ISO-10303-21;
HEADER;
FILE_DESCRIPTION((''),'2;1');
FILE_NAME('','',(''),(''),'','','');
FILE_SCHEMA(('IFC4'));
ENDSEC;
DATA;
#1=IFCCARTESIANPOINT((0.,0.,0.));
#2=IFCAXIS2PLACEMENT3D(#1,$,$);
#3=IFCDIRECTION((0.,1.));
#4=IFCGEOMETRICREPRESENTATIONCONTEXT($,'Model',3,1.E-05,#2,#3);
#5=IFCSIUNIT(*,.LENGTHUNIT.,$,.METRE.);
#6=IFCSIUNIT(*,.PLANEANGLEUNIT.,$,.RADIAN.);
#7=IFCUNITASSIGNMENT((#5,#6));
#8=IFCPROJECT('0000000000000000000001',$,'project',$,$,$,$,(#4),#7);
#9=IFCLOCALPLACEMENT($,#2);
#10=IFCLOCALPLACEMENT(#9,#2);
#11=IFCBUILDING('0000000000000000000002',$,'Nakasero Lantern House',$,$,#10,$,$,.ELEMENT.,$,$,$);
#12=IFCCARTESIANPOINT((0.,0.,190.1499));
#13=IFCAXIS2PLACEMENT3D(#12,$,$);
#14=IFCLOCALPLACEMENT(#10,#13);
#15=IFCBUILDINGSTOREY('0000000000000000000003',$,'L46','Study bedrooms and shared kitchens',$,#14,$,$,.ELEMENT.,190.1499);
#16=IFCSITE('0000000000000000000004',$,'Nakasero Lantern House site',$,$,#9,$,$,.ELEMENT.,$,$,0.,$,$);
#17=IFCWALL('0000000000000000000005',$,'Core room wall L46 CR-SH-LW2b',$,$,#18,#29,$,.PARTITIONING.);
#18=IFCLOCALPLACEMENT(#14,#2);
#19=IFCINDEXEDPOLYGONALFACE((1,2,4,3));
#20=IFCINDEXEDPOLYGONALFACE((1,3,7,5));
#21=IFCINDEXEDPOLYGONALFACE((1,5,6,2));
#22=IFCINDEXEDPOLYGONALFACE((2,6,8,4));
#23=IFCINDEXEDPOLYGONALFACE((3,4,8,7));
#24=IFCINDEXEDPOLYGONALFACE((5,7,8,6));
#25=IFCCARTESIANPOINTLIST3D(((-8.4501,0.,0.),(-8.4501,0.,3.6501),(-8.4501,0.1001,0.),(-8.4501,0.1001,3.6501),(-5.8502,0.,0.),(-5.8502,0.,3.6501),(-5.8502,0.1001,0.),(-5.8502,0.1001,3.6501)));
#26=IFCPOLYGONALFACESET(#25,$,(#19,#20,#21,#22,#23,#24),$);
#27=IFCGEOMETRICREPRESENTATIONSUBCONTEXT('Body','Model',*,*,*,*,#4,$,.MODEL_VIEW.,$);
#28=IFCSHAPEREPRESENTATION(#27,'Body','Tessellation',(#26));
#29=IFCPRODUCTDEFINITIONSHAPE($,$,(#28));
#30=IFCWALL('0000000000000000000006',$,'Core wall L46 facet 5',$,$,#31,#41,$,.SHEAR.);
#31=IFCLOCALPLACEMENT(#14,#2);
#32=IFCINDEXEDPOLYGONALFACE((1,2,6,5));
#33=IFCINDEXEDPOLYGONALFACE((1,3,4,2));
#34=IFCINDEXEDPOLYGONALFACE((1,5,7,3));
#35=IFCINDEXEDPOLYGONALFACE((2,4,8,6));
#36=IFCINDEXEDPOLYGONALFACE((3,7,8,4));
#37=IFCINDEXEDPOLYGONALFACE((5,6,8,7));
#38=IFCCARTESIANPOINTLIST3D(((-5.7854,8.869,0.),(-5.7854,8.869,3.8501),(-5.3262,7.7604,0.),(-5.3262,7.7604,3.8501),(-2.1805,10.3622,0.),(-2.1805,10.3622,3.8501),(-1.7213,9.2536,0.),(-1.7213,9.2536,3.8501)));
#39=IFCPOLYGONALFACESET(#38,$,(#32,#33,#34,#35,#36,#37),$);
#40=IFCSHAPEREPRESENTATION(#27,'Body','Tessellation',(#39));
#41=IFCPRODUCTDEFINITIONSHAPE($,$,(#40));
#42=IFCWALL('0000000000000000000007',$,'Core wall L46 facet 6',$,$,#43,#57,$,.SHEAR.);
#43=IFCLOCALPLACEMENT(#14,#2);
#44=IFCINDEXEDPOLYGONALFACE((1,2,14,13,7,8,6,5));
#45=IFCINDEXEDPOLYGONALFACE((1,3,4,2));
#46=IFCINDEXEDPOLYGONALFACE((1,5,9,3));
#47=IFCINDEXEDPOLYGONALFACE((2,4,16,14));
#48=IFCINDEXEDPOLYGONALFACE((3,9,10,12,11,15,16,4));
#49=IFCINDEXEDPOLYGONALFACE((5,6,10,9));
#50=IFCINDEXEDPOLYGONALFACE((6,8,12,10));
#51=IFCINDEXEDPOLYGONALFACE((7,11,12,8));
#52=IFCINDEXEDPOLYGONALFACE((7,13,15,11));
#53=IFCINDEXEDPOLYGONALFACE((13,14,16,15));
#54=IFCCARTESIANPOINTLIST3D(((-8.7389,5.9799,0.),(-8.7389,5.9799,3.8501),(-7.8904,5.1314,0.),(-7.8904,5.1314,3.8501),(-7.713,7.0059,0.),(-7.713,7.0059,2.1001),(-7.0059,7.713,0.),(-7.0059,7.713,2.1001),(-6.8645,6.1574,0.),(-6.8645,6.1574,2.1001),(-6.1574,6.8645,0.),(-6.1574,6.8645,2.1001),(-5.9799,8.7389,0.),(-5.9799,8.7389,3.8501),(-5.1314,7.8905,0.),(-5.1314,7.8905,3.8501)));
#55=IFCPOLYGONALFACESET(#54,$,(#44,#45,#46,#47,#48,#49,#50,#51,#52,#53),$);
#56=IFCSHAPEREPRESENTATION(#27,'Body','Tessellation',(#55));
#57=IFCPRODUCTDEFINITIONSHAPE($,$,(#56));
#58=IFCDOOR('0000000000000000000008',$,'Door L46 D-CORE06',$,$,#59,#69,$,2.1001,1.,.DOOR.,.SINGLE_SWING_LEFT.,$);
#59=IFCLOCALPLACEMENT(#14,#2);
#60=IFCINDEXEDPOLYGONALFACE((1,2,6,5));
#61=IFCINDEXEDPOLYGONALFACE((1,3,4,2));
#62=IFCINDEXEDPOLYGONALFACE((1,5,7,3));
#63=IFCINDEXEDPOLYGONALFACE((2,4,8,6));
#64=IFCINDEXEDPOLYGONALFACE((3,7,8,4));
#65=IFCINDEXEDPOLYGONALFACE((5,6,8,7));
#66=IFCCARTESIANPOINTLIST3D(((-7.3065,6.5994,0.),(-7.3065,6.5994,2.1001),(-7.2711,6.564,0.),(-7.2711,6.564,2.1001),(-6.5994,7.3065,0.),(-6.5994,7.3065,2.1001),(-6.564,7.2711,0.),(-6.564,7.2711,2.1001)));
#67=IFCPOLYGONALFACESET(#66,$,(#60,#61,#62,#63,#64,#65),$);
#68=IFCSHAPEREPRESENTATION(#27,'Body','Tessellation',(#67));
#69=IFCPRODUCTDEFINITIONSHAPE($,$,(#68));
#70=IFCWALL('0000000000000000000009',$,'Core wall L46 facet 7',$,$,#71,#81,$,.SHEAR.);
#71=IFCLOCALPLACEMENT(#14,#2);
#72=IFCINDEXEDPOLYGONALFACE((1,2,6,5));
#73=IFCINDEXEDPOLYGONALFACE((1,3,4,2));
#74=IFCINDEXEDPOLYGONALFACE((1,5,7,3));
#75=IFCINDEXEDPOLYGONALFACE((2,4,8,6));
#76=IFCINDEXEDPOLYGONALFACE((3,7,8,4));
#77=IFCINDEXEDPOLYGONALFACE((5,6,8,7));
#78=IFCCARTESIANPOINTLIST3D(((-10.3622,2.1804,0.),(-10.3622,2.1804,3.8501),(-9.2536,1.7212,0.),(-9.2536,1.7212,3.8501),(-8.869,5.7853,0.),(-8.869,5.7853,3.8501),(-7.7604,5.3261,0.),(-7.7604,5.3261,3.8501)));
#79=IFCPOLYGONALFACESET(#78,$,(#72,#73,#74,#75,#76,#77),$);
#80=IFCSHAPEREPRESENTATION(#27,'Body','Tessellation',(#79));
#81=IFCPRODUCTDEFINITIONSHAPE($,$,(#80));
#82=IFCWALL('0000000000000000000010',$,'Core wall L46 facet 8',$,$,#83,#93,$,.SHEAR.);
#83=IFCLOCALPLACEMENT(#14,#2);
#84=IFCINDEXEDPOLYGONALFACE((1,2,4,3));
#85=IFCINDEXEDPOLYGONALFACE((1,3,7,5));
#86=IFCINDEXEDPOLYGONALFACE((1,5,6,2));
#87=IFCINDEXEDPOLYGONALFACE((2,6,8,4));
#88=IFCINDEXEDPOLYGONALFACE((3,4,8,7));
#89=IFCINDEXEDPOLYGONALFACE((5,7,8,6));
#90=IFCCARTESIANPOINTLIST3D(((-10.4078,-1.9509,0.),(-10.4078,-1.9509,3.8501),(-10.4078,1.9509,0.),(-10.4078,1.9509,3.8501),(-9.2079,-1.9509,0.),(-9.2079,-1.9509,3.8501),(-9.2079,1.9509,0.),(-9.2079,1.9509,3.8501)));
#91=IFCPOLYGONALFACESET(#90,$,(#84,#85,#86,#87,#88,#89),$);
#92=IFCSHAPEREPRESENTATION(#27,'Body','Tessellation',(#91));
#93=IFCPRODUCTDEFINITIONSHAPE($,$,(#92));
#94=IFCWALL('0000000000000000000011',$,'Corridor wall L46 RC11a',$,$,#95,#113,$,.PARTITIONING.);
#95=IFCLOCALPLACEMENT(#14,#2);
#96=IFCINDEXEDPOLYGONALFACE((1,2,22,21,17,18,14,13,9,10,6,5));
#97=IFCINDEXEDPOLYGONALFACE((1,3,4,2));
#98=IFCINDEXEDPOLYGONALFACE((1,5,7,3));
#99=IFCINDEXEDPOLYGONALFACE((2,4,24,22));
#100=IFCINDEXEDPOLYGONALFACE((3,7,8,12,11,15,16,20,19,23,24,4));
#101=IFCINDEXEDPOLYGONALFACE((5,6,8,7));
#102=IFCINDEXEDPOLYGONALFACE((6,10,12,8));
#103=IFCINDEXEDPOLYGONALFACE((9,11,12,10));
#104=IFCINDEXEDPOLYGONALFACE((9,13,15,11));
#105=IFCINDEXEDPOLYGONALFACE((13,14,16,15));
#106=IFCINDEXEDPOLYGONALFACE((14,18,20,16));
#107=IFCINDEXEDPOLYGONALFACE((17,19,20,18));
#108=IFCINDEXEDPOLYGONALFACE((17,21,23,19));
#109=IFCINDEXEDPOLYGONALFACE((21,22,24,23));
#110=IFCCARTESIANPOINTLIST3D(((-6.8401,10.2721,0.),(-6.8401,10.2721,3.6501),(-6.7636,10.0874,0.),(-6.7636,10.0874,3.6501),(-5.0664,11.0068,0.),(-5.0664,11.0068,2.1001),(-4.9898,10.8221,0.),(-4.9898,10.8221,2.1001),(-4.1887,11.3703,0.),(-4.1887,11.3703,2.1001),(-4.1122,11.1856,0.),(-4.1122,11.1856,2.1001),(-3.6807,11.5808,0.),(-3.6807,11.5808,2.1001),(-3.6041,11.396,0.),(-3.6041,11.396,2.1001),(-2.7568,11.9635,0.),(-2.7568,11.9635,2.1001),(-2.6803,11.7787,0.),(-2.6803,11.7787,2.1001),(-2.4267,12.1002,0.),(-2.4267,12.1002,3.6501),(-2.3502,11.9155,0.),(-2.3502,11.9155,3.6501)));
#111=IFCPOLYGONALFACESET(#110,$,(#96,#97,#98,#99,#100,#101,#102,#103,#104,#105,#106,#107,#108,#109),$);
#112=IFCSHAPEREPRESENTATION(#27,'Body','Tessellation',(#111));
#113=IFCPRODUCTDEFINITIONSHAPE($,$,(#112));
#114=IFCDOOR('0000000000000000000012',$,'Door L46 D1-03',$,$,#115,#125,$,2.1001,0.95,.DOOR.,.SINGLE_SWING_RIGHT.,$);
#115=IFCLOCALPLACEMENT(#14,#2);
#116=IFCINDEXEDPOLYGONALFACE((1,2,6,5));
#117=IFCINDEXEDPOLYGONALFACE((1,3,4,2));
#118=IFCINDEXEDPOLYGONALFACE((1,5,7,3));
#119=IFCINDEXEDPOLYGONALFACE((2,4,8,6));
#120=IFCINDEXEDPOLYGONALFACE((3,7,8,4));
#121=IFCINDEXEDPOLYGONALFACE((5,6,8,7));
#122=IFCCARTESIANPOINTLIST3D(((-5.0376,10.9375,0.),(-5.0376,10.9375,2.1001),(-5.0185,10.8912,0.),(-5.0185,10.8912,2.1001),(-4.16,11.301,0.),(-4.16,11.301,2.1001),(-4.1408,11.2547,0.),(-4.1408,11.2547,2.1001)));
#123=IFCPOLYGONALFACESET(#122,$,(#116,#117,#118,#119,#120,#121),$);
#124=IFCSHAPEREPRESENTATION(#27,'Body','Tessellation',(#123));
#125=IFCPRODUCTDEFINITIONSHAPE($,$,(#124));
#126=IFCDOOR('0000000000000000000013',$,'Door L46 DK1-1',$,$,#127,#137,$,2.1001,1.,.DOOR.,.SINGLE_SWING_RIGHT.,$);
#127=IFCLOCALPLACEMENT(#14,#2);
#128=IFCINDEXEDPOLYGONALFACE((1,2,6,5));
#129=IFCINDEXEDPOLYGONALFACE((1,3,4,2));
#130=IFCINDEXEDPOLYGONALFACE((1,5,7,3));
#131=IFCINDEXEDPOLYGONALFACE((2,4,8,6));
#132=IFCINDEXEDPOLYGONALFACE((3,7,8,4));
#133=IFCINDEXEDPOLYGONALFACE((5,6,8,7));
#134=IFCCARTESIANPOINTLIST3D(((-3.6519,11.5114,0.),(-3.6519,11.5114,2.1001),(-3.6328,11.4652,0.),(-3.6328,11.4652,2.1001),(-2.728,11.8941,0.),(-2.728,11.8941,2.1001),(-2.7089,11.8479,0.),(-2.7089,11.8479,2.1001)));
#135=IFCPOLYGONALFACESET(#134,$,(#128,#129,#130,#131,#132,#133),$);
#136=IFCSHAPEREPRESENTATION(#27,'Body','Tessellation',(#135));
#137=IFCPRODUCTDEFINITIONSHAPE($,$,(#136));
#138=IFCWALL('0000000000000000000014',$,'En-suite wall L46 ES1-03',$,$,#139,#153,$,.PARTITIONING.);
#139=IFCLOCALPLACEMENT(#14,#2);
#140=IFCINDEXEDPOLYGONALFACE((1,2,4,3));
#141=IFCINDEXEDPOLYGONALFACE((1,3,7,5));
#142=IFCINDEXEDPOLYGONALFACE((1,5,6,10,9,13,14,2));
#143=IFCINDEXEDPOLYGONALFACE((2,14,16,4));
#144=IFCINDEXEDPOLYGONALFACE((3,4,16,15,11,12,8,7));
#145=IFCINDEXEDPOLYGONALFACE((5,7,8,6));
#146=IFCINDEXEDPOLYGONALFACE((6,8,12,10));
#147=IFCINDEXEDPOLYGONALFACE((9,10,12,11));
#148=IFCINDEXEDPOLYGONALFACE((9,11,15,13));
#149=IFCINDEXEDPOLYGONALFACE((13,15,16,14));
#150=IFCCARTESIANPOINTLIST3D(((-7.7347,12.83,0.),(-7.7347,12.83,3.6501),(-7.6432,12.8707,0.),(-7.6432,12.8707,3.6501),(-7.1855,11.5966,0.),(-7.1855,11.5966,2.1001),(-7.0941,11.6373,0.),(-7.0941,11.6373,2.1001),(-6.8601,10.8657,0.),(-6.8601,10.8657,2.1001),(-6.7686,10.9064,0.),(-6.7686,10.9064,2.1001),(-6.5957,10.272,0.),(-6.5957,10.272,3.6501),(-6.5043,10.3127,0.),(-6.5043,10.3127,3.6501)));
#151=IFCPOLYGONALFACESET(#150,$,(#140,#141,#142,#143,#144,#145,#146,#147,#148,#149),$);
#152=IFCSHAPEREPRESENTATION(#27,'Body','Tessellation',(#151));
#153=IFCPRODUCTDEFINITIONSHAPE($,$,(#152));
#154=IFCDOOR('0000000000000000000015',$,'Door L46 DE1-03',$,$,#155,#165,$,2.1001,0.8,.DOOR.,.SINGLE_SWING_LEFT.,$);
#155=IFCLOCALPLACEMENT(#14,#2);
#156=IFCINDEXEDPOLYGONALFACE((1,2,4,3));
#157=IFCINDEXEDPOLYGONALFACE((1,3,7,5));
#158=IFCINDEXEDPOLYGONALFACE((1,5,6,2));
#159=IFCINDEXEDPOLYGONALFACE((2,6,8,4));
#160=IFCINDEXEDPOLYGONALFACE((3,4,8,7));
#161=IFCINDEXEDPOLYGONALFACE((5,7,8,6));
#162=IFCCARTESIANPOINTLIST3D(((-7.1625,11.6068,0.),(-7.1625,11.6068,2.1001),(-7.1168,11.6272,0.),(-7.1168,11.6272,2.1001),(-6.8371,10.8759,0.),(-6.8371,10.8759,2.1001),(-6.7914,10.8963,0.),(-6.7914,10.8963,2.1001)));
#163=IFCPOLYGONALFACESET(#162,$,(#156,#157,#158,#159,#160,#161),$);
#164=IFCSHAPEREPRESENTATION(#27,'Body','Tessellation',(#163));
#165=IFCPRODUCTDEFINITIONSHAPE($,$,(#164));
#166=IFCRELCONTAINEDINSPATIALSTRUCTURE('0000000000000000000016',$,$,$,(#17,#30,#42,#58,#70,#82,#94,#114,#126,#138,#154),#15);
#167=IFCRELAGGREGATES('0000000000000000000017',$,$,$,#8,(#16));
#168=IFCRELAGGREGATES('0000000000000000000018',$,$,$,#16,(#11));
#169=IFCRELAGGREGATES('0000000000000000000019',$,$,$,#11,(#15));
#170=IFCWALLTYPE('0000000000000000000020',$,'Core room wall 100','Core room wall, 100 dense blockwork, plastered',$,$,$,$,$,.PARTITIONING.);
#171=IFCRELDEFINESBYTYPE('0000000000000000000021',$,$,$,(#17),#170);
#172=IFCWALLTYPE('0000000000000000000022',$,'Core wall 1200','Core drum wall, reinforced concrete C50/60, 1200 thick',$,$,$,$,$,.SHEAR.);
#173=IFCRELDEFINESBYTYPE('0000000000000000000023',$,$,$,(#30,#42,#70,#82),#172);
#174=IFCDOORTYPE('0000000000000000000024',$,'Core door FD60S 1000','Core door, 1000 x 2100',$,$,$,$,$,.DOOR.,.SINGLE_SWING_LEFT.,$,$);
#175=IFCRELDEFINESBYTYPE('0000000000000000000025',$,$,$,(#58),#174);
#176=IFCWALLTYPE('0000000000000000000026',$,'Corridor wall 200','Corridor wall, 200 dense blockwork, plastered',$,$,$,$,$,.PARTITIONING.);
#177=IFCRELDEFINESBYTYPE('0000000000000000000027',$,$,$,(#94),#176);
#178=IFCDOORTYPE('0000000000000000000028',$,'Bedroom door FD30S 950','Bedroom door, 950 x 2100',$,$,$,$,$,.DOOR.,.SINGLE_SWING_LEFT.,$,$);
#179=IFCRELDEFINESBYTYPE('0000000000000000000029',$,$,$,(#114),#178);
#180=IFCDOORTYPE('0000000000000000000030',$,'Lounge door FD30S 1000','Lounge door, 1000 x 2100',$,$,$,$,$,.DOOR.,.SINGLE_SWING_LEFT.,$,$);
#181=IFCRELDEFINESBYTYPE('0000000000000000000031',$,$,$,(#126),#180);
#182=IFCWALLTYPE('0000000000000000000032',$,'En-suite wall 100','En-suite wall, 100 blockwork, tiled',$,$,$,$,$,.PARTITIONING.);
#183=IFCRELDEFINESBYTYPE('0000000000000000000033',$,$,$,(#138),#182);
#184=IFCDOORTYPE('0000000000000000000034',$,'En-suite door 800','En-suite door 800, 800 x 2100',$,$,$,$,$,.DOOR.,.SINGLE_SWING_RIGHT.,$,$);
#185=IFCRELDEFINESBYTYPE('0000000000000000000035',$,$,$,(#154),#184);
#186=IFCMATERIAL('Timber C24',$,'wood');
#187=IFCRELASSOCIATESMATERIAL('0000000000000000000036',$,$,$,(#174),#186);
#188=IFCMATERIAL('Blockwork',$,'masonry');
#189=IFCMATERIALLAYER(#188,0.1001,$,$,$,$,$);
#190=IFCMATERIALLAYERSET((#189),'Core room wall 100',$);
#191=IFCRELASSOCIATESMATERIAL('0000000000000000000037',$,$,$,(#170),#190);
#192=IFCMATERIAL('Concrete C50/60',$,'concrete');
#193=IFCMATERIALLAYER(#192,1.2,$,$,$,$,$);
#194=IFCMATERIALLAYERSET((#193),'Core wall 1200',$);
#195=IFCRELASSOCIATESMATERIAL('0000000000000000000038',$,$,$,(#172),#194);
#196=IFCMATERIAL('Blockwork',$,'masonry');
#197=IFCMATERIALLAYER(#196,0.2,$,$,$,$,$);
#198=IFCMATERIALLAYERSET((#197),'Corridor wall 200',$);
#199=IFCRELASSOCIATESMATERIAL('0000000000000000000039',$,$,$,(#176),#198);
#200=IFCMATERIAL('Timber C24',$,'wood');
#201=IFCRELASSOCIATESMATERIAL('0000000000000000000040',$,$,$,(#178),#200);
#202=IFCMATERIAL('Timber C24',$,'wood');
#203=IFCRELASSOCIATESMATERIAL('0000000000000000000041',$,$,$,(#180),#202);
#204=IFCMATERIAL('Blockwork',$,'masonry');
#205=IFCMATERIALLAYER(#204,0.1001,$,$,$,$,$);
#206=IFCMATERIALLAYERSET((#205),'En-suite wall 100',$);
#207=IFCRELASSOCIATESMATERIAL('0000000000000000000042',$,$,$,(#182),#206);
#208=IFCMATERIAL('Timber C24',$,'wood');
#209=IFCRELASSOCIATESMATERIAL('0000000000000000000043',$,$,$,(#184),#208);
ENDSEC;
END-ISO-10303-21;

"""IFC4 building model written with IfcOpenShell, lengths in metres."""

from ifc_helpers import new_model, si_unit, direction, frame, frame_2d, origin, place, context, subcontext, project, spatial, rectangle, extrude, material, layer, layer_set, type_object, element, fill, save


model = new_model("IFC4")

# Units and contexts
model_context = context("Model", 3, precision=1e-05, world=origin(), true_north=direction((0.0, 1.0)))
body_context = subcontext(model_context, "Body", "Model", "MODEL_VIEW")
ifc_project = project(units=[si_unit("LENGTHUNIT", "METRE"), si_unit("PLANEANGLEUNIT", "RADIAN")], contexts=[model_context])

# Site, building, storey
site_placement = place(None, origin())
site = spatial("IfcSite", under=ifc_project, at=site_placement, Name="Nakasero Lantern House site", CompositionType="ELEMENT", RefElevation=0.0)
building_placement = place(site_placement, origin())
building = spatial("IfcBuilding", under=site, at=building_placement, Name="Nakasero Lantern House", CompositionType="ELEMENT")
storey_placement = place(building_placement, frame((0.0, 0.0, 190.1499)))
storey = spatial("IfcBuildingStorey", under=building, at=storey_placement, Name="L46", Description="Study bedrooms and shared kitchens", CompositionType="ELEMENT", Elevation=190.1499)

# Shared definitions
ifc_material_1 = material(Name="Timber C24", Category="wood")
door_type_1 = type_object("IfcDoorType", Name="Core door FD60S 1000", Description="Core door, 1000 x 2100", OperationType="SINGLE_SWING_LEFT", PredefinedType="DOOR", material=ifc_material_1)

# Walls
ifc_material_2 = material(Name="Blockwork", Category="masonry")
ifc_layer_1 = layer(ifc_material_2, 0.1001)
ifc_layer_set_1 = layer_set([ifc_layer_1], Name="Core room wall 100")
wall_type_1 = type_object("IfcWallType", Name="Core room wall 100", Description="Core room wall, 100 dense blockwork, plastered", PredefinedType="PARTITIONING", material=ifc_layer_set_1)
wall_1_placement = place(storey_placement, frame((-8.45, 0.05, 0.0), z_axis=(0.0, 0.0, 1.0), x_axis=(1.0, 0.0, 0.0)))
element("IfcWall", 1, at=wall_1_placement, inside=storey, type_object=wall_type_1, Name="Core room wall L46 CR-SH-LW2b", PredefinedType="PARTITIONING", context=body_context, shape_type="SweptSolid", body=[
    extrude(rectangle(XDim=2.5999, YDim=0.1001, at=frame_2d((1.2998, 0.0))), origin(), (0.0, 0.0, 1.0), 3.6501),
])
ifc_material_3 = material(Name="Concrete C50/60", Category="concrete")
ifc_layer_2 = layer(ifc_material_3, 1.2)
ifc_layer_set_2 = layer_set([ifc_layer_2], Name="Core wall 1200")
wall_type_2 = type_object("IfcWallType", Name="Core wall 1200", Description="Core drum wall, reinforced concrete C50/60, 1200 thick", PredefinedType="SHEAR", material=ifc_layer_set_2)
wall_2_placement = place(storey_placement, frame((-1.9509, 9.8079, 0.0), z_axis=(0.0, 0.0, 1.0), x_axis=(-0.923877, -0.382691, 0.0)))
element("IfcWall", 2, at=wall_2_placement, inside=storey, type_object=wall_type_2, Name="Core wall L46 facet 5", PredefinedType="SHEAR", context=body_context, shape_type="SweptSolid", body=[
    extrude(rectangle(XDim=3.9019, YDim=1.2, at=frame_2d((1.9509, 0.0))), origin(), (0.0, 0.0, 1.0), 3.8501),
])

# Wall, opening, door
wall_3_placement = place(storey_placement, frame((-5.5557, 8.3147, 0.0), z_axis=(0.0, 0.0, 1.0), x_axis=(-0.707107, -0.707107, 0.0)))
wall_3 = element("IfcWall", 3, at=wall_3_placement, inside=storey, type_object=wall_type_2, Name="Core wall L46 facet 6", PredefinedType="SHEAR", context=body_context, shape_type="SweptSolid", body=[
    extrude(rectangle(XDim=3.9019, YDim=1.2, at=frame_2d((1.9509, 0.0))), origin(), (0.0, 0.0, 1.0), 3.8501),
])
opening_1_placement = place(wall_3_placement, frame((1.4509, 0.0, 0.0)))
opening_1 = element("IfcOpeningElement", 4, at=opening_1_placement, cuts=wall_3, PredefinedType="OPENING", context=body_context, shape_type="SweptSolid", body=[
    extrude(rectangle(XDim=1.0, YDim=2.1001, at=frame_2d((0.5, 1.05))), frame((0.0, 0.6199, 0.0), z_axis=(0.0, -1.0, 0.0), x_axis=(1.0, 0.0, 0.0)), (0.0, 0.0, 1.0), 1.24),
])
door_1_placement = place(opening_1_placement, origin())
door_1 = element("IfcDoor", 5, at=door_1_placement, inside=storey, type_object=door_type_1, Name="Door L46 D-CORE06", OperationType="SINGLE_SWING_LEFT", OverallHeight=2.1001, OverallWidth=1.0, PredefinedType="DOOR", context=body_context, shape_type="SweptSolid", body=[
    extrude(rectangle(XDim=1.0, YDim=2.1001, at=frame_2d((0.5, 1.05))), frame((0.0, 0.0249, 0.0), z_axis=(0.0, -1.0, 0.0), x_axis=(1.0, 0.0, 0.0)), (0.0, 0.0, 1.0), 0.05),
])
fill(opening_1, door_1)

# Walls
for number, where, z_axis, x_axis, name in (
    (6, (-8.3147, 5.5557, 0.0), (0.0, 0.0, 1.0), (-0.382691, -0.923877, 0.0), "Core wall L46 facet 7"),
    (7, (-9.8079, 1.9509, 0.0), (0.0, 0.0, 1.0), (0.0, -1.0, 0.0), "Core wall L46 facet 8"),
):
    element("IfcWall", number, at=place(storey_placement, frame(where, z_axis=z_axis, x_axis=x_axis)), inside=storey, type_object=wall_type_2, Name=name, PredefinedType="SHEAR", context=body_context, shape_type="SweptSolid", body=[
        extrude(rectangle(XDim=3.9019, YDim=1.2, at=frame_2d((1.9509, 0.0))), origin(), (0.0, 0.0, 1.0), 3.8501),
    ])

# Wall, openings, doors
ifc_material_4 = material(Name="Blockwork", Category="masonry")
ifc_layer_3 = layer(ifc_material_4, 0.2)
ifc_layer_set_3 = layer_set([ifc_layer_3], Name="Corridor wall 200")
wall_type_3 = type_object("IfcWallType", Name="Corridor wall 200", Description="Corridor wall, 200 dense blockwork, plastered", PredefinedType="PARTITIONING", material=ifc_layer_set_3)
wall_4_placement = place(storey_placement, frame((-6.802, 10.1797, 0.0), z_axis=(0.0, 0.0, 1.0), x_axis=(0.923882, 0.382677, 0.0)))
wall_4 = element("IfcWall", 8, at=wall_4_placement, inside=storey, type_object=wall_type_3, Name="Corridor wall L46 RC11a", PredefinedType="PARTITIONING", context=body_context, shape_type="SweptSolid", body=[
    extrude(rectangle(XDim=4.7771, YDim=0.2, at=frame_2d((2.3887, 0.0))), origin(), (0.0, 0.0, 1.0), 3.6501),
])
opening_2_placement = place(wall_4_placement, frame((1.9199, 0.0, 0.0)))
opening_2 = element("IfcOpeningElement", 9, at=opening_2_placement, cuts=wall_4, PredefinedType="OPENING", context=body_context, shape_type="SweptSolid", body=[
    extrude(rectangle(XDim=0.95, YDim=2.1001, at=frame_2d((0.4751, 1.05))), frame((0.0, 0.1199, 0.0), z_axis=(0.0, -1.0, 0.0), x_axis=(1.0, 0.0, 0.0)), (0.0, 0.0, 1.0), 0.24),
])
opening_3_placement = place(wall_4_placement, frame((3.4199, 0.0, 0.0)))
opening_3 = element("IfcOpeningElement", 10, at=opening_3_placement, cuts=wall_4, PredefinedType="OPENING", context=body_context, shape_type="SweptSolid", body=[
    extrude(rectangle(XDim=1.0, YDim=2.1001, at=frame_2d((0.5, 1.05))), frame((0.0, 0.1199, 0.0), z_axis=(0.0, -1.0, 0.0), x_axis=(1.0, 0.0, 0.0)), (0.0, 0.0, 1.0), 0.24),
])
ifc_material_5 = material(Name="Timber C24", Category="wood")
door_type_2 = type_object("IfcDoorType", Name="Bedroom door FD30S 950", Description="Bedroom door, 950 x 2100", OperationType="SINGLE_SWING_LEFT", PredefinedType="DOOR", material=ifc_material_5)
door_2_placement = place(opening_2_placement, origin())
door_2 = element("IfcDoor", 11, at=door_2_placement, inside=storey, type_object=door_type_2, Name="Door L46 D1-03", OperationType="SINGLE_SWING_RIGHT", OverallHeight=2.1001, OverallWidth=0.95, PredefinedType="DOOR", context=body_context, shape_type="SweptSolid", body=[
    extrude(rectangle(XDim=0.95, YDim=2.1001, at=frame_2d((0.4751, 1.05))), frame((0.0, 0.0249, 0.0), z_axis=(0.0, -1.0, 0.0), x_axis=(1.0, 0.0, 0.0)), (0.0, 0.0, 1.0), 0.05),
])
fill(opening_2, door_2)
ifc_material_6 = material(Name="Timber C24", Category="wood")
door_type_3 = type_object("IfcDoorType", Name="Lounge door FD30S 1000", Description="Lounge door, 1000 x 2100", OperationType="SINGLE_SWING_LEFT", PredefinedType="DOOR", material=ifc_material_6)
door_3_placement = place(opening_3_placement, origin())
door_3 = element("IfcDoor", 12, at=door_3_placement, inside=storey, type_object=door_type_3, Name="Door L46 DK1-1", OperationType="SINGLE_SWING_RIGHT", OverallHeight=2.1001, OverallWidth=1.0, PredefinedType="DOOR", context=body_context, shape_type="SweptSolid", body=[
    extrude(rectangle(XDim=1.0, YDim=2.1001, at=frame_2d((0.5, 1.05))), frame((0.0, 0.0249, 0.0), z_axis=(0.0, -1.0, 0.0), x_axis=(1.0, 0.0, 0.0)), (0.0, 0.0, 1.0), 0.05),
])
fill(opening_3, door_3)

# Wall, opening, door
ifc_material_7 = material(Name="Blockwork", Category="masonry")
ifc_layer_4 = layer(ifc_material_7, 0.1001)
ifc_layer_set_4 = layer_set([ifc_layer_4], Name="En-suite wall 100")
wall_type_4 = type_object("IfcWallType", Name="En-suite wall 100", Description="En-suite wall, 100 blockwork, tiled", PredefinedType="PARTITIONING", material=ifc_layer_set_4)
wall_5_placement = place(storey_placement, frame((-6.55, 10.2925, 0.0), z_axis=(0.0, 0.0, 1.0), x_axis=(-0.406761, 0.913534, 0.0)))
wall_5 = element("IfcWall", 13, at=wall_5_placement, inside=storey, type_object=wall_type_4, Name="En-suite wall L46 ES1-03", PredefinedType="PARTITIONING", context=body_context, shape_type="SweptSolid", body=[
    extrude(rectangle(XDim=2.8, YDim=0.1001, at=frame_2d((1.3999, 0.0))), origin(), (0.0, 0.0, 1.0), 3.6501),
])
opening_4_placement = place(wall_5_placement, frame((0.6499, 0.0, 0.0)))
opening_4 = element("IfcOpeningElement", 14, at=opening_4_placement, cuts=wall_5, PredefinedType="OPENING", context=body_context, shape_type="SweptSolid", body=[
    extrude(rectangle(XDim=0.8, YDim=2.1001, at=frame_2d((0.3999, 1.05))), frame((0.0, 0.0701, 0.0), z_axis=(0.0, -1.0, 0.0), x_axis=(1.0, 0.0, 0.0)), (0.0, 0.0, 1.0), 0.1401),
])
ifc_material_8 = material(Name="Timber C24", Category="wood")
door_type_4 = type_object("IfcDoorType", Name="En-suite door 800", Description="En-suite door 800, 800 x 2100", OperationType="SINGLE_SWING_RIGHT", PredefinedType="DOOR", material=ifc_material_8)
door_4_placement = place(opening_4_placement, origin())
door_4 = element("IfcDoor", 15, at=door_4_placement, inside=storey, type_object=door_type_4, Name="Door L46 DE1-03", OperationType="SINGLE_SWING_LEFT", OverallHeight=2.1001, OverallWidth=0.8, PredefinedType="DOOR", context=body_context, shape_type="SweptSolid", body=[
    extrude(rectangle(XDim=0.8, YDim=2.1001, at=frame_2d((0.3999, 1.05))), frame((0.0, 0.0249, 0.0), z_axis=(0.0, -1.0, 0.0), x_axis=(1.0, 0.0, 0.0)), (0.0, 0.0, 1.0), 0.05),
])
fill(opening_4, door_4)

save(model, "model.ifc")
